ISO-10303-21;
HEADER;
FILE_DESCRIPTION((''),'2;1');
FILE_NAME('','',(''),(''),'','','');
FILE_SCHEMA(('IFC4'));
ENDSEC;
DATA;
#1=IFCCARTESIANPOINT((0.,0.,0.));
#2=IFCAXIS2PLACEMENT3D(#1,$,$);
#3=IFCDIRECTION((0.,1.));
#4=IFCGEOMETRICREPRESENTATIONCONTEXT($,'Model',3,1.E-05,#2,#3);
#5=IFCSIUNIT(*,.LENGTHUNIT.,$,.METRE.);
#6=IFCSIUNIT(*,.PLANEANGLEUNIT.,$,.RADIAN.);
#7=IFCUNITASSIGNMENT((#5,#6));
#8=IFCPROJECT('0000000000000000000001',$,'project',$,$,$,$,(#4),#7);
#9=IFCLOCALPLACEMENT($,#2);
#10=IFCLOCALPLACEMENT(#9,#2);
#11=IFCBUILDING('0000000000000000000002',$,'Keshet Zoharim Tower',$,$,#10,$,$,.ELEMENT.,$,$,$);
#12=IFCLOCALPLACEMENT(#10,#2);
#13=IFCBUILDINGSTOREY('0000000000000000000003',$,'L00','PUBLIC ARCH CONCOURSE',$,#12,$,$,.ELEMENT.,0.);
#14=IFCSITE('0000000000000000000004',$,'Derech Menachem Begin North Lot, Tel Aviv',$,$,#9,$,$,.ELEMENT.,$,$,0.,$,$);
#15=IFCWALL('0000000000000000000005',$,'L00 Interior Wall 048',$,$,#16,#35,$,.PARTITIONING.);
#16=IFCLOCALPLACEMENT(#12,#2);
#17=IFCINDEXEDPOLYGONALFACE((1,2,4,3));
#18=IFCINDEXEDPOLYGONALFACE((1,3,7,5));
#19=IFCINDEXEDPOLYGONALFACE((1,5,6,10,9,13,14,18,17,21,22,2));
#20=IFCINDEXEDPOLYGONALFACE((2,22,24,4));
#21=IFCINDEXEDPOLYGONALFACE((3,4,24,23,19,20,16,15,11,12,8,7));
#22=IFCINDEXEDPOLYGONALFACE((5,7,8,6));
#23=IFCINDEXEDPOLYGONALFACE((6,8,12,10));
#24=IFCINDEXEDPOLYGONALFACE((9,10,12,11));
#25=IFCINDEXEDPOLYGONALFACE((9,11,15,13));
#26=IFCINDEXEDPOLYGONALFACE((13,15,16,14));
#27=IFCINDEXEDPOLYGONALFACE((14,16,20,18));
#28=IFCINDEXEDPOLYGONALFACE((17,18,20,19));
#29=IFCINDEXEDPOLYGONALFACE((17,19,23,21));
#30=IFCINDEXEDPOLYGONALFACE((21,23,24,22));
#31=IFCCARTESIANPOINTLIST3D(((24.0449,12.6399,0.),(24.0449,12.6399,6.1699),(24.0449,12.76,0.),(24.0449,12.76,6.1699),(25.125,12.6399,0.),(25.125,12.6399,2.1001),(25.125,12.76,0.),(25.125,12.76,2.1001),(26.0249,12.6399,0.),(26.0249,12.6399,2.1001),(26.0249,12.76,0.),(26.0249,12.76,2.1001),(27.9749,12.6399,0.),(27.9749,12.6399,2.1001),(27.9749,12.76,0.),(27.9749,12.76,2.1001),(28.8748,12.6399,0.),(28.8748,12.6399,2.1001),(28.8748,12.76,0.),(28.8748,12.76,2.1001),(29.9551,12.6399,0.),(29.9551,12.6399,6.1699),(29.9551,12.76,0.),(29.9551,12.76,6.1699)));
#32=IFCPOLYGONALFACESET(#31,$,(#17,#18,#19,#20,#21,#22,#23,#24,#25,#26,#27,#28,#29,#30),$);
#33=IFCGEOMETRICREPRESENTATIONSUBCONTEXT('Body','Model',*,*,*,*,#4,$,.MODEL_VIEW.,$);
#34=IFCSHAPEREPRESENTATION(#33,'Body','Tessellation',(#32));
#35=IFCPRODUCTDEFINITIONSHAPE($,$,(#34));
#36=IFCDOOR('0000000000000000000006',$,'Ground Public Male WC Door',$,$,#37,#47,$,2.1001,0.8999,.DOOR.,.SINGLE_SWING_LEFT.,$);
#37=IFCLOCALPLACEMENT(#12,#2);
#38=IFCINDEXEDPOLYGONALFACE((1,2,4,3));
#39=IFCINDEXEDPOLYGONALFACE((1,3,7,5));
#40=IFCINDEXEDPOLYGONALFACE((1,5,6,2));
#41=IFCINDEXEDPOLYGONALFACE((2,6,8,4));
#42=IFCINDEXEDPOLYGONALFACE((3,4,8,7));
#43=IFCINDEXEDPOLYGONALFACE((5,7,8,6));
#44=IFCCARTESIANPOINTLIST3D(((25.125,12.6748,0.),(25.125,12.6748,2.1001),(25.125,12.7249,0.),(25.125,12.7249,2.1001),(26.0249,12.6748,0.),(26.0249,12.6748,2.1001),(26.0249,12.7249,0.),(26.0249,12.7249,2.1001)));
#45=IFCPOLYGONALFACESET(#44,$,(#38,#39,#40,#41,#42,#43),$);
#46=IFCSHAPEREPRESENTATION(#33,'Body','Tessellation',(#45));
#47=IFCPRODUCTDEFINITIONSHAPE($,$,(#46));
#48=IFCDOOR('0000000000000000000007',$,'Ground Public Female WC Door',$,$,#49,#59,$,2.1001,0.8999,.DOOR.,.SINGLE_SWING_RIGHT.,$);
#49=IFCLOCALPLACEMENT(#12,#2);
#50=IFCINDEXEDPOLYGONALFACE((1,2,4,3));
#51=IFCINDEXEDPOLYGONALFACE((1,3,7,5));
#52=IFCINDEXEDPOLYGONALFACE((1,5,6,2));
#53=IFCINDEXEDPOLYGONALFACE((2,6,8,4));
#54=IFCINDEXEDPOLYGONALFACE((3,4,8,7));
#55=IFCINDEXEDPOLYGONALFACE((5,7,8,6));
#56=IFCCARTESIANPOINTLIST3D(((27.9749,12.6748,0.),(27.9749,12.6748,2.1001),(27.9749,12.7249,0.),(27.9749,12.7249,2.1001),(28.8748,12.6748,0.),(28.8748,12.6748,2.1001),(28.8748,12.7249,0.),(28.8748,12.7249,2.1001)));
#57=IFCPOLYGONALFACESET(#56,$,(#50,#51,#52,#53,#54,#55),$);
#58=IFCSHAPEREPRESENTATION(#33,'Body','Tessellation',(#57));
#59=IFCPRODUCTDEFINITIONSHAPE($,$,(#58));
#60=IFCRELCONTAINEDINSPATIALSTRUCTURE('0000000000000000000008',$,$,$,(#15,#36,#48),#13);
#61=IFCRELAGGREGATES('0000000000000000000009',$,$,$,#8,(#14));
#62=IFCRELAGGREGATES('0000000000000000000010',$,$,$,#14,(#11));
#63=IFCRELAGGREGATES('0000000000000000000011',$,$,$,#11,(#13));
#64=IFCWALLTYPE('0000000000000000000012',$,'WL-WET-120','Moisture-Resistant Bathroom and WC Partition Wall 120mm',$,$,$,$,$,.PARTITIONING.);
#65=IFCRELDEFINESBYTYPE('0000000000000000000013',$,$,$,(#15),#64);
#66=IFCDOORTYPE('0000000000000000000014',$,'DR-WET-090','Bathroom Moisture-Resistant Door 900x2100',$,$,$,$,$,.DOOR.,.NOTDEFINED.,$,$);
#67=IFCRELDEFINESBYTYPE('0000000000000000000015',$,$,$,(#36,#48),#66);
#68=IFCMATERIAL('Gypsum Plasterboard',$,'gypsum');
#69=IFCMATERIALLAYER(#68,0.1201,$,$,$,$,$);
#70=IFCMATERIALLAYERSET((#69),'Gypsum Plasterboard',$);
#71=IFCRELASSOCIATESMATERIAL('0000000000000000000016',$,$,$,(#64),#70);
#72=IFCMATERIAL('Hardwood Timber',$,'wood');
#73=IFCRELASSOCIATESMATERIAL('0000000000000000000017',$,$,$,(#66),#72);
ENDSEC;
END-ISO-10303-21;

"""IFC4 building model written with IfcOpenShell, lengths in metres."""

from ifc_helpers import new_model, si_unit, direction, frame, frame_2d, origin, place, context, subcontext, project, spatial, rectangle, extrude, material, layer, layer_set, type_object, element, fill, save


model = new_model("IFC4")

# Units and contexts
model_context = context("Model", 3, precision=1e-05, world=origin(), true_north=direction((0.0, 1.0)))
body_context = subcontext(model_context, "Body", "Model", "MODEL_VIEW")
ifc_project = project(units=[si_unit("LENGTHUNIT", "METRE"), si_unit("PLANEANGLEUNIT", "RADIAN")], contexts=[model_context])

# Site, building, storey
site_placement = place(None, origin())
site = spatial("IfcSite", under=ifc_project, at=site_placement, Name="Derech Menachem Begin North Lot, Tel Aviv", CompositionType="ELEMENT", RefElevation=0.0)
building_placement = place(site_placement, origin())
building = spatial("IfcBuilding", under=site, at=building_placement, Name="Keshet Zoharim Tower", CompositionType="ELEMENT")
storey_placement = place(building_placement, origin())
storey = spatial("IfcBuildingStorey", under=building, at=storey_placement, Name="L00", Description="PUBLIC ARCH CONCOURSE", CompositionType="ELEMENT", Elevation=0.0)

# Shared definitions
ifc_material_1 = material(Name="Gypsum Plasterboard", Category="gypsum")
ifc_layer_1 = layer(ifc_material_1, 0.1201)
ifc_layer_set_1 = layer_set([ifc_layer_1], Name="Gypsum Plasterboard")
wall_type_1 = type_object("IfcWallType", Name="WL-WET-120", Description="Moisture-Resistant Bathroom and WC Partition Wall 120mm", PredefinedType="PARTITIONING", material=ifc_layer_set_1)

# Wall, openings, doors
wall_1_placement = place(storey_placement, frame((24.0449, 12.7, 0.0), z_axis=(0.0, 0.0, 1.0), x_axis=(1.0, 0.0, 0.0)))
wall_1 = element("IfcWall", 1, at=wall_1_placement, inside=storey, type_object=wall_type_1, Name="L00 Interior Wall 048", PredefinedType="PARTITIONING", context=body_context, shape_type="SweptSolid", body=[
    extrude(rectangle(XDim=5.9102, YDim=0.1201, at=frame_2d((2.9551, 0.0))), origin(), (0.0, 0.0, 1.0), 6.1699),
])
opening_1_placement = place(wall_1_placement, frame((1.0801, 0.0, 0.0)))
opening_1 = element("IfcOpeningElement", 2, at=opening_1_placement, cuts=wall_1, PredefinedType="OPENING", context=body_context, shape_type="SweptSolid", body=[
    extrude(rectangle(XDim=0.8999, YDim=2.1001, at=frame_2d((0.45, 1.05))), frame((0.0, 0.0701, 0.0), z_axis=(0.0, -1.0, 0.0), x_axis=(1.0, 0.0, 0.0)), (0.0, 0.0, 1.0), 0.1401),
])
opening_2_placement = place(wall_1_placement, frame((3.9299, 0.0, 0.0)))
opening_2 = element("IfcOpeningElement", 3, at=opening_2_placement, cuts=wall_1, PredefinedType="OPENING", context=body_context, shape_type="SweptSolid", body=[
    extrude(rectangle(XDim=0.8999, YDim=2.1001, at=frame_2d((0.45, 1.05))), frame((0.0, 0.0701, 0.0), z_axis=(0.0, -1.0, 0.0), x_axis=(1.0, 0.0, 0.0)), (0.0, 0.0, 1.0), 0.1401),
])
ifc_material_2 = material(Name="Hardwood Timber", Category="wood")
door_type = type_object("IfcDoorType", Name="DR-WET-090", Description="Bathroom Moisture-Resistant Door 900x2100", OperationType="NOTDEFINED", PredefinedType="DOOR", material=ifc_material_2)
door_1_placement = place(opening_1_placement, origin())
door_1 = element("IfcDoor", 4, at=door_1_placement, inside=storey, type_object=door_type, Name="Ground Public Male WC Door", OperationType="SINGLE_SWING_LEFT", OverallHeight=2.1001, OverallWidth=0.8999, PredefinedType="DOOR", context=body_context, shape_type="SweptSolid", body=[
    extrude(rectangle(XDim=0.8999, YDim=2.1001, at=frame_2d((0.45, 1.05))), frame((0.0, 0.0249, 0.0), z_axis=(0.0, -1.0, 0.0), x_axis=(1.0, 0.0, 0.0)), (0.0, 0.0, 1.0), 0.05),
])
fill(opening_1, door_1)
door_2_placement = place(opening_2_placement, origin())
door_2 = element("IfcDoor", 5, at=door_2_placement, inside=storey, type_object=door_type, Name="Ground Public Female WC Door", OperationType="SINGLE_SWING_RIGHT", OverallHeight=2.1001, OverallWidth=0.8999, PredefinedType="DOOR", context=body_context, shape_type="SweptSolid", body=[
    extrude(rectangle(XDim=0.8999, YDim=2.1001, at=frame_2d((0.45, 1.05))), frame((0.0, 0.0249, 0.0), z_axis=(0.0, -1.0, 0.0), x_axis=(1.0, 0.0, 0.0)), (0.0, 0.0, 1.0), 0.05),
])
fill(opening_2, door_2)

save(model, "model.ifc")
